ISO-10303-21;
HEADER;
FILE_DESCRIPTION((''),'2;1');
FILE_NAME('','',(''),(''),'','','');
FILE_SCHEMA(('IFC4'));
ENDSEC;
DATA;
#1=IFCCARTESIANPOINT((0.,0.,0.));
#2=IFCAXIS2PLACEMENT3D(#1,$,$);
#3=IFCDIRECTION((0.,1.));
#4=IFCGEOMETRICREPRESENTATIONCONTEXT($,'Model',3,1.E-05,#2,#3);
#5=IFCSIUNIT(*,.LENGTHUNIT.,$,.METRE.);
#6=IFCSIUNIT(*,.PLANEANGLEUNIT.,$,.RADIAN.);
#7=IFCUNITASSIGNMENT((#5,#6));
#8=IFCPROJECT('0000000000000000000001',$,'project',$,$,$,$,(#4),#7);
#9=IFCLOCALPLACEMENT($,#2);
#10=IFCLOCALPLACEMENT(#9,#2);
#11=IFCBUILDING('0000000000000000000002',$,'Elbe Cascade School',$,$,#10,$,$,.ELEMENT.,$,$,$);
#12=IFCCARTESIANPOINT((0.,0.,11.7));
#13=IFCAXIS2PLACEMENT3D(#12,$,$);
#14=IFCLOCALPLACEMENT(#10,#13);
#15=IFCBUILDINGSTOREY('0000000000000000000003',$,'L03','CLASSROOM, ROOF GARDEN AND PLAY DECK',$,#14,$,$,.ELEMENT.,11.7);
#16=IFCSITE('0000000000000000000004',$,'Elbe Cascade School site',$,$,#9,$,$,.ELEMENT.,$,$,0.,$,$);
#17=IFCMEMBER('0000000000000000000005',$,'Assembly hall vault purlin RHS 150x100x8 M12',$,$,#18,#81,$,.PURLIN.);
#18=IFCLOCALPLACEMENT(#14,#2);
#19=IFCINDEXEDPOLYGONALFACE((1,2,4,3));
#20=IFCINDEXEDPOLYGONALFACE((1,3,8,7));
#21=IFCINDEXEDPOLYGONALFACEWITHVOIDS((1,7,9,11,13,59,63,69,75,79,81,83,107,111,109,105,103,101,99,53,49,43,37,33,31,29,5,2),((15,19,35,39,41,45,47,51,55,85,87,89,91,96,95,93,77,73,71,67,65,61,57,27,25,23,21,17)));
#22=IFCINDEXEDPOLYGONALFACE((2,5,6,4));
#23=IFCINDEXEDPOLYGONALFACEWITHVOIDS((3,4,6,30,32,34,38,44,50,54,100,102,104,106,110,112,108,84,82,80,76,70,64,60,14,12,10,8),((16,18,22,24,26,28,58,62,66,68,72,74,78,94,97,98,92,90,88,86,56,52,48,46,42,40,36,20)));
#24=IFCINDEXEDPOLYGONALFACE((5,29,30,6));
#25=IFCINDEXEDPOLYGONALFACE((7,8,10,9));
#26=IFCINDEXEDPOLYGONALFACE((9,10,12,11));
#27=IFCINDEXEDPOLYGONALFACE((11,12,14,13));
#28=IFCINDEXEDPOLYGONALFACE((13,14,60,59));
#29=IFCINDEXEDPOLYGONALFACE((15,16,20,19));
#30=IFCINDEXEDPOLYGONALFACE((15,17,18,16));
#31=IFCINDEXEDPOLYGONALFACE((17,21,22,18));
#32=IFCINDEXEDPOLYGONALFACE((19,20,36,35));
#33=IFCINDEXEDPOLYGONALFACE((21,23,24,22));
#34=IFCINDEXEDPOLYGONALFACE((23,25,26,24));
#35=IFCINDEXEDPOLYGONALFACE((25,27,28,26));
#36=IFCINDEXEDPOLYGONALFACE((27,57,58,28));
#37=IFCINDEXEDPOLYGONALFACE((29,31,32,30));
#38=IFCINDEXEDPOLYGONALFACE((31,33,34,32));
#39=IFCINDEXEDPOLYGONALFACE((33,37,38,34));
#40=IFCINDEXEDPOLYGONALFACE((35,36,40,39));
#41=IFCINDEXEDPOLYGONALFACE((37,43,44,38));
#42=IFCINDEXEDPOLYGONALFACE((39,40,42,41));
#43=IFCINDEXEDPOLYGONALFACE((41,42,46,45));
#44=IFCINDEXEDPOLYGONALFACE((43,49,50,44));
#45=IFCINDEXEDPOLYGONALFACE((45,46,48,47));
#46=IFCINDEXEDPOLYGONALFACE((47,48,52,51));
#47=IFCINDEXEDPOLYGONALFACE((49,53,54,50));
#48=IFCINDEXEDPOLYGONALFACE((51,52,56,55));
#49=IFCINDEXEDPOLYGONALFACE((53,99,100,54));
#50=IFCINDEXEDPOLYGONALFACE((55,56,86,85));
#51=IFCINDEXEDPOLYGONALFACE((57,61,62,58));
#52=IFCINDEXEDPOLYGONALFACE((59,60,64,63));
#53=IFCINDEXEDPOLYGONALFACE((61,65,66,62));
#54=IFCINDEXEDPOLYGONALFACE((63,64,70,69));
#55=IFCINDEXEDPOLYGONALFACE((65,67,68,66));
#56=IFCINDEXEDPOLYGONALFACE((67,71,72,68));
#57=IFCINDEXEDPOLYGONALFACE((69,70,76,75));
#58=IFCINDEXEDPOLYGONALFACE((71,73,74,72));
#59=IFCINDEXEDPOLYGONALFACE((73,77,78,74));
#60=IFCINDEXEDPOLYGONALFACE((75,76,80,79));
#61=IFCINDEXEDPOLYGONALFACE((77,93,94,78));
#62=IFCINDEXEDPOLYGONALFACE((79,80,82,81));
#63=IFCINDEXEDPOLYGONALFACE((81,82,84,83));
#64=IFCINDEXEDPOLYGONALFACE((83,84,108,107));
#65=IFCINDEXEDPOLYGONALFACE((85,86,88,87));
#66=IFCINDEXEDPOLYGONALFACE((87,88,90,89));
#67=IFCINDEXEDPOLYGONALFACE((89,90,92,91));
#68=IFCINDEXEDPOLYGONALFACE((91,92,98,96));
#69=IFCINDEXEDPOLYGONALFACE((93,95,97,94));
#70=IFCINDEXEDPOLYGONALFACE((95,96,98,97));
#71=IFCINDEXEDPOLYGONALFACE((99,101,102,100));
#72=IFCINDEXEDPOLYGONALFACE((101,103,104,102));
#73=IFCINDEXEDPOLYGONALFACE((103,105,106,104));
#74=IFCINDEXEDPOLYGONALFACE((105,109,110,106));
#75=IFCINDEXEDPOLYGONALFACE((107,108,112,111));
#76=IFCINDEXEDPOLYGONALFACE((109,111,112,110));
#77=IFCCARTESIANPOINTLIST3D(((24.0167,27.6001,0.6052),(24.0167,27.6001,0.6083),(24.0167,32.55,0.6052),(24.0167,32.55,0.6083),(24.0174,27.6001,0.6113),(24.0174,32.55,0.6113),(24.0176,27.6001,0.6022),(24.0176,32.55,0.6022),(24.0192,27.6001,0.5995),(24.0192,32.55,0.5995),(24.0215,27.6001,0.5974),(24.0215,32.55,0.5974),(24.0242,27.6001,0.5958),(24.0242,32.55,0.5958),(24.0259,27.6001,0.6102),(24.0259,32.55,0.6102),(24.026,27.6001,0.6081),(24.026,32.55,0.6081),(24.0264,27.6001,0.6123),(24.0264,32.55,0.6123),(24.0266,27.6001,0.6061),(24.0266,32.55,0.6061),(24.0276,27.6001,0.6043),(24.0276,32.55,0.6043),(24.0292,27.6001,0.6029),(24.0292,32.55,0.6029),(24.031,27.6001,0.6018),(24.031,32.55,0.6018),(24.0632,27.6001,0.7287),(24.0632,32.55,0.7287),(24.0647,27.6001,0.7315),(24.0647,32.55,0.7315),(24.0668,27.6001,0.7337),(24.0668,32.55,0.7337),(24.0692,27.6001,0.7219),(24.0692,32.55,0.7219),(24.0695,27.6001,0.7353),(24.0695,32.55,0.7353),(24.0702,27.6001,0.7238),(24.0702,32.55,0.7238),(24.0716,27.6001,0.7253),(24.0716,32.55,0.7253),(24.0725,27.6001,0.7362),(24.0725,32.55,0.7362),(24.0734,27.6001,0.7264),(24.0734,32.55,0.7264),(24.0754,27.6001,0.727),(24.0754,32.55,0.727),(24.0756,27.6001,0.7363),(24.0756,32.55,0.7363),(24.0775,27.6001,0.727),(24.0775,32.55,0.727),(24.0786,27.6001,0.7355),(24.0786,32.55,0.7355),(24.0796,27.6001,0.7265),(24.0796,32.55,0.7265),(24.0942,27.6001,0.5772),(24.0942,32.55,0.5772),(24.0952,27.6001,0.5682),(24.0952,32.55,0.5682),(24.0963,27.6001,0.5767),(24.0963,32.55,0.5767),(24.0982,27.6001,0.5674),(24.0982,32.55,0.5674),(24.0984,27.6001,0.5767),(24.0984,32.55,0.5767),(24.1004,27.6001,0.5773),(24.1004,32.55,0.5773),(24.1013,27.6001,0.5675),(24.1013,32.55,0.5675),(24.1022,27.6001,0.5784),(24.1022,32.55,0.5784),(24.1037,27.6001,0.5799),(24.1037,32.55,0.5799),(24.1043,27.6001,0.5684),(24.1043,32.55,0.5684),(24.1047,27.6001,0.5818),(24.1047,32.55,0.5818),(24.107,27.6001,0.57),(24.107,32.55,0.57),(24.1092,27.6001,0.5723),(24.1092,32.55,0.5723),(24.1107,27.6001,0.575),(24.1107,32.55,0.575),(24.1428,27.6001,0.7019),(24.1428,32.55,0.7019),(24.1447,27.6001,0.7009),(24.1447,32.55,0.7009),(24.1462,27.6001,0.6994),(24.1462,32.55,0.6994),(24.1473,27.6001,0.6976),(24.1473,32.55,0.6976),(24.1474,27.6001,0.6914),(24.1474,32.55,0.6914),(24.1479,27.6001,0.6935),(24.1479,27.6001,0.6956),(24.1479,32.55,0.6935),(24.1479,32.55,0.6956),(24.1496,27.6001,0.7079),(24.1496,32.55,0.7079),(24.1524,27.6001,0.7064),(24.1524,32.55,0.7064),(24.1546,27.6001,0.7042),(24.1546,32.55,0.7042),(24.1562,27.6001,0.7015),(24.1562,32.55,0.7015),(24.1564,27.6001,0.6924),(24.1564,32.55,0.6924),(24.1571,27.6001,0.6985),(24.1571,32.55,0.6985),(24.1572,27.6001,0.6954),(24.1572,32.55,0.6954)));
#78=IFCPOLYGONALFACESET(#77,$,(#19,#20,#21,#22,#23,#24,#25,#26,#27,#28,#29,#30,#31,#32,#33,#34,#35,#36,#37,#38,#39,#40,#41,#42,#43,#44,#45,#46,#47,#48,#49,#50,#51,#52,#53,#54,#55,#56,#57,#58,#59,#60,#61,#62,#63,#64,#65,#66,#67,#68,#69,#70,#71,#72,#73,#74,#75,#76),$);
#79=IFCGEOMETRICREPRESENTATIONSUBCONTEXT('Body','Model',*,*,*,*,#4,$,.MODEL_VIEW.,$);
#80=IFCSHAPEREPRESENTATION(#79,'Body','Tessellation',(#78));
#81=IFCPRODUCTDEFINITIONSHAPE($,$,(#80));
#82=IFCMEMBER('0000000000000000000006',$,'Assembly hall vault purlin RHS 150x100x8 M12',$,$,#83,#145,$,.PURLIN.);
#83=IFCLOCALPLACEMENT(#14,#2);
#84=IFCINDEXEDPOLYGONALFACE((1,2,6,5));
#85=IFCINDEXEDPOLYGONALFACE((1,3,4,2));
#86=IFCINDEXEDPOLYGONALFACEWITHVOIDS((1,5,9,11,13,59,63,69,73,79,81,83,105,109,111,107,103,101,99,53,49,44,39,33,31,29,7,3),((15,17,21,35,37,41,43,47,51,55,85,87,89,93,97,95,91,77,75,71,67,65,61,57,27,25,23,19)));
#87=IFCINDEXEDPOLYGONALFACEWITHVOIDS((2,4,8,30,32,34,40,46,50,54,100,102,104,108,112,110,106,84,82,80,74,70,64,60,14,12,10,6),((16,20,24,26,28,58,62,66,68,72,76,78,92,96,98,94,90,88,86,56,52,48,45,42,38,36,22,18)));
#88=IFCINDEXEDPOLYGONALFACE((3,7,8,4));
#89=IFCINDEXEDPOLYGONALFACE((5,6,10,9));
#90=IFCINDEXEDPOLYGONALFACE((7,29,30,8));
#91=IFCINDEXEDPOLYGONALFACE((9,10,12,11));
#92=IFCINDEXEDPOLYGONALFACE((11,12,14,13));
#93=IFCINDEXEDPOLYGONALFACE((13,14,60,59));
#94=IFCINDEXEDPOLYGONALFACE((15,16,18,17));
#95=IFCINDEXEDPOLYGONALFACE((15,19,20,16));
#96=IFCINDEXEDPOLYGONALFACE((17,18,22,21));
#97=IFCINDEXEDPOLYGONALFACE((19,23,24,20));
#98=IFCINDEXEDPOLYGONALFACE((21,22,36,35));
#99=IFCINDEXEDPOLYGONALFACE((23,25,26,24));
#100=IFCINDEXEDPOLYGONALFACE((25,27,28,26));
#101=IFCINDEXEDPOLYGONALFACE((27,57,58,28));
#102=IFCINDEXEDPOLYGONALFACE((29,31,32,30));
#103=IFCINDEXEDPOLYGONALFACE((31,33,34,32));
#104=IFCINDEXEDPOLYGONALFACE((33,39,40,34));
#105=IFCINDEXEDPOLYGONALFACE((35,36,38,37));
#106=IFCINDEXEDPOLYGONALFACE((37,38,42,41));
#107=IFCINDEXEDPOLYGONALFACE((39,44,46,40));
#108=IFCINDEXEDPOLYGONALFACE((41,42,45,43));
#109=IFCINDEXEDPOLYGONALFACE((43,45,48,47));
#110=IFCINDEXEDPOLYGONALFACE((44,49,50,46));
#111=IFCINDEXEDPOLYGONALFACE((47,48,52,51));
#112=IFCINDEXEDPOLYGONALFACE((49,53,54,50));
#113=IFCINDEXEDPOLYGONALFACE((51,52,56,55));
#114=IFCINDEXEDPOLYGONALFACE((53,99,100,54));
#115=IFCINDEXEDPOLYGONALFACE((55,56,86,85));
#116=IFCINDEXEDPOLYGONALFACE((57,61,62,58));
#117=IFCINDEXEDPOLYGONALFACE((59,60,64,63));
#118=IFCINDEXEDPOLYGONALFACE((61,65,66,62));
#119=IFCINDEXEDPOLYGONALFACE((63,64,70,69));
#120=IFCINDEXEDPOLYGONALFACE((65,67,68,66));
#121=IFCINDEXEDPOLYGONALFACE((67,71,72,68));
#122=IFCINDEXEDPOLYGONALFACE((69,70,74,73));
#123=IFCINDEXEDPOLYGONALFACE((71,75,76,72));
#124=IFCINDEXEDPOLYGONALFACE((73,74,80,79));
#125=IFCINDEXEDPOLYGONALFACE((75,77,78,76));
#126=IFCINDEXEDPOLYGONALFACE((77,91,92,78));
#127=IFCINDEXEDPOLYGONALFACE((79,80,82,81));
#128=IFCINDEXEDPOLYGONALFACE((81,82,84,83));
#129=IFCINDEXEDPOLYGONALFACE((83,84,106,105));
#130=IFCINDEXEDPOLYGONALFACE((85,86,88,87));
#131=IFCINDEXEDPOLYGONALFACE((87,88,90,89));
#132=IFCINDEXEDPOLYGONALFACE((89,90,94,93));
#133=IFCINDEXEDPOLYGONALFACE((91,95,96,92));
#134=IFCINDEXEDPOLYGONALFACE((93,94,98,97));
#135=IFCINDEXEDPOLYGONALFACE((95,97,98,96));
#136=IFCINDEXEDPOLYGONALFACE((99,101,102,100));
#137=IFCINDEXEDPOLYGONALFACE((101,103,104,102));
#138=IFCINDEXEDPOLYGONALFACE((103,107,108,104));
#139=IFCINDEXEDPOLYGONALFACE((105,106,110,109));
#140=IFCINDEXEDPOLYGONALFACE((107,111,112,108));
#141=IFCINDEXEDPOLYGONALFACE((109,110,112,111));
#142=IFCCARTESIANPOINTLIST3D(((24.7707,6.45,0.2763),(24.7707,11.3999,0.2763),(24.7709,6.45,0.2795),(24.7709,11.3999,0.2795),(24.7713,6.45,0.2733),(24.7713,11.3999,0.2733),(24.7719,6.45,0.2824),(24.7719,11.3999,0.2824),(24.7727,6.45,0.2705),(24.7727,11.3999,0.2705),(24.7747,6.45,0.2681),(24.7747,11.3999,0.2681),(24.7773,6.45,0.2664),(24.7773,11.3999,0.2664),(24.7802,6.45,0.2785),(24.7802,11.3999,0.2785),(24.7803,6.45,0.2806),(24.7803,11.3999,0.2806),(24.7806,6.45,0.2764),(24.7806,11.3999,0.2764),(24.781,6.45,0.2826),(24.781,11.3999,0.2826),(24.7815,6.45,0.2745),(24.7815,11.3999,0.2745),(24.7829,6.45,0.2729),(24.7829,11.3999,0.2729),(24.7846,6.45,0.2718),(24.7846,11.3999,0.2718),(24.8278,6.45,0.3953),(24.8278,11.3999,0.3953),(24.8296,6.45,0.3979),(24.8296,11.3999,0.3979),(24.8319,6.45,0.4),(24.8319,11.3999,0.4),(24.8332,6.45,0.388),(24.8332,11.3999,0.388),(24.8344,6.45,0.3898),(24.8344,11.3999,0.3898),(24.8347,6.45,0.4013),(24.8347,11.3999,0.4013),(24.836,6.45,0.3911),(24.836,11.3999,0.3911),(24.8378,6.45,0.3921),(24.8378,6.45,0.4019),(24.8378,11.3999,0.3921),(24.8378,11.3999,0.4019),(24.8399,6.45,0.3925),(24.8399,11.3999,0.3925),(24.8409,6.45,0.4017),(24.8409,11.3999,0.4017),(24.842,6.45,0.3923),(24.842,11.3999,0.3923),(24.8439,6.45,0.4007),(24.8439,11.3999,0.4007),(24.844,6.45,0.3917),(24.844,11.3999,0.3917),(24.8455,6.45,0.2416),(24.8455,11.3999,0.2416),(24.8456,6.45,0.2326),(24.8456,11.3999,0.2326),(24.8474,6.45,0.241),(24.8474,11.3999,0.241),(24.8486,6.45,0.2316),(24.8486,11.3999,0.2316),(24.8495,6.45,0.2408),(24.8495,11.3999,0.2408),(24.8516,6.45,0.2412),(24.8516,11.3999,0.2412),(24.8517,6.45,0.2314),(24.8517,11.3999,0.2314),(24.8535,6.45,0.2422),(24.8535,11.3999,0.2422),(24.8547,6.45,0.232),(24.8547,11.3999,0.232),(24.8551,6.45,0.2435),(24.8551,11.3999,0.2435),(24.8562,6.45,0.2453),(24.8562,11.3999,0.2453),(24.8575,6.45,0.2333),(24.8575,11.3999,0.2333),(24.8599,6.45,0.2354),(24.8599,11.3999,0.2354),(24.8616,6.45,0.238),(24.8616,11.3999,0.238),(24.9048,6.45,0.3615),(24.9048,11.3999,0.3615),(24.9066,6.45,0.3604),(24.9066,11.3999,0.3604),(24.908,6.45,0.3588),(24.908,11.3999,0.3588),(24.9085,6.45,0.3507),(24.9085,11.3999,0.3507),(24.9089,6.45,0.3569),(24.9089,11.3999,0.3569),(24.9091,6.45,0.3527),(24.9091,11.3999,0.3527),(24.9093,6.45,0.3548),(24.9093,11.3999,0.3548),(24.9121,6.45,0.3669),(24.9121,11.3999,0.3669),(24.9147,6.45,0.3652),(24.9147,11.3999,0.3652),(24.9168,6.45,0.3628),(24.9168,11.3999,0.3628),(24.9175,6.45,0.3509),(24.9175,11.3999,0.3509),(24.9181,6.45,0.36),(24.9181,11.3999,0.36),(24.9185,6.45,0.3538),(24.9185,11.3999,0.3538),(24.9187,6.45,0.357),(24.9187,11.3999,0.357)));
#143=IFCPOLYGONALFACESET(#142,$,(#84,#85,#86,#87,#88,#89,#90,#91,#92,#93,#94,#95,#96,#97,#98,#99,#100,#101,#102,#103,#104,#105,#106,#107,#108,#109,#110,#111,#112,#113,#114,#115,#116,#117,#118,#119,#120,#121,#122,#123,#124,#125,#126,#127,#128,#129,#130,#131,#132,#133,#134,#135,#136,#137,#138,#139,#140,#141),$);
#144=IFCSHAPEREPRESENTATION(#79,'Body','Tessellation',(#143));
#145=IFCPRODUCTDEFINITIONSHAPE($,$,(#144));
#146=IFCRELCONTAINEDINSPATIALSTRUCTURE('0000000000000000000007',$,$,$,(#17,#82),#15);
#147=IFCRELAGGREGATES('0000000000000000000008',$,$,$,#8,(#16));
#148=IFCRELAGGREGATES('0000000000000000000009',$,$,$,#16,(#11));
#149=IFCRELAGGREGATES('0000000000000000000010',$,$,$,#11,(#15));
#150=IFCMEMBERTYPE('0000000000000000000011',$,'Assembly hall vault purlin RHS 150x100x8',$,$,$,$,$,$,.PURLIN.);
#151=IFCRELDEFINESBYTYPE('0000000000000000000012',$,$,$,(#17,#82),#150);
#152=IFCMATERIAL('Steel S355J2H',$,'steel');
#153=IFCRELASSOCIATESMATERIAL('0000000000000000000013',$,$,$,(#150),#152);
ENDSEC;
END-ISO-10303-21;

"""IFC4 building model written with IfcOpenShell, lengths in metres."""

from ifc_helpers import new_model, si_unit, direction, frame, origin, origin_2d, place, context, subcontext, project, spatial, hollow_rectangle, extrude, material, material_profile, profile_set, type_object, element, save


model = new_model("IFC4")

# Units and contexts
model_context = context("Model", 3, precision=1e-05, world=origin(), true_north=direction((0.0, 1.0)))
body_context = subcontext(model_context, "Body", "Model", "MODEL_VIEW")
ifc_project = project(units=[si_unit("LENGTHUNIT", "METRE"), si_unit("PLANEANGLEUNIT", "RADIAN")], contexts=[model_context])

# Site, building, storey
site_placement = place(None, origin())
site = spatial("IfcSite", under=ifc_project, at=site_placement, Name="Elbe Cascade School site", CompositionType="ELEMENT", RefElevation=0.0)
building_placement = place(site_placement, origin())
building = spatial("IfcBuilding", under=site, at=building_placement, Name="Elbe Cascade School", CompositionType="ELEMENT")
storey_placement = place(building_placement, frame((0.0, 0.0, 11.7)))
storey = spatial("IfcBuildingStorey", under=building, at=storey_placement, Name="L03", Description="CLASSROOM, ROOF GARDEN AND PLAY DECK", CompositionType="ELEMENT", Elevation=11.7)

# Members
ifc_material_1 = material(Name="Steel S355J2H", Category="steel")
ifc_material_profile_1 = material_profile(ifc_material_1, hollow_rectangle(XDim=0.1001, YDim=0.1499, WallThickness=0.0081, InnerFilletRadius=0.0081, OuterFilletRadius=0.012, at=origin_2d()), Name="RHS 150x100x8")
ifc_profile_set_1 = profile_set([ifc_material_profile_1], Name="Steel S355J2H")
member_type_1 = type_object("IfcMemberType", Name="Assembly hall vault purlin RHS 150x100x8", PredefinedType="PURLIN", material=ifc_profile_set_1)
for number, where, z_axis, x_axis, name in (
    (1, (24.0869, 27.6001, 0.6519), (0.0, 1.0, 0.0), (-0.93176, 0.0, 0.363076), "Assembly hall vault purlin RHS 150x100x8 M12"),
    (2, (24.8447, 6.45, 0.3167), (0.0, 1.0, 0.0), (-0.896151, 0.0, 0.44375), "Assembly hall vault purlin RHS 150x100x8 M12"),
):
    element("IfcMember", number, at=place(storey_placement, frame(where, z_axis=z_axis, x_axis=x_axis)), inside=storey, type_object=member_type_1, Name=name, PredefinedType="PURLIN", context=body_context, shape_type="SweptSolid", body=[
        extrude(hollow_rectangle(XDim=0.1001, YDim=0.1499, WallThickness=0.0081, InnerFilletRadius=0.0081, OuterFilletRadius=0.012, at=origin_2d()), origin(), (0.0, 0.0, 1.0), 4.95),
    ])

save(model, "model.ifc")
